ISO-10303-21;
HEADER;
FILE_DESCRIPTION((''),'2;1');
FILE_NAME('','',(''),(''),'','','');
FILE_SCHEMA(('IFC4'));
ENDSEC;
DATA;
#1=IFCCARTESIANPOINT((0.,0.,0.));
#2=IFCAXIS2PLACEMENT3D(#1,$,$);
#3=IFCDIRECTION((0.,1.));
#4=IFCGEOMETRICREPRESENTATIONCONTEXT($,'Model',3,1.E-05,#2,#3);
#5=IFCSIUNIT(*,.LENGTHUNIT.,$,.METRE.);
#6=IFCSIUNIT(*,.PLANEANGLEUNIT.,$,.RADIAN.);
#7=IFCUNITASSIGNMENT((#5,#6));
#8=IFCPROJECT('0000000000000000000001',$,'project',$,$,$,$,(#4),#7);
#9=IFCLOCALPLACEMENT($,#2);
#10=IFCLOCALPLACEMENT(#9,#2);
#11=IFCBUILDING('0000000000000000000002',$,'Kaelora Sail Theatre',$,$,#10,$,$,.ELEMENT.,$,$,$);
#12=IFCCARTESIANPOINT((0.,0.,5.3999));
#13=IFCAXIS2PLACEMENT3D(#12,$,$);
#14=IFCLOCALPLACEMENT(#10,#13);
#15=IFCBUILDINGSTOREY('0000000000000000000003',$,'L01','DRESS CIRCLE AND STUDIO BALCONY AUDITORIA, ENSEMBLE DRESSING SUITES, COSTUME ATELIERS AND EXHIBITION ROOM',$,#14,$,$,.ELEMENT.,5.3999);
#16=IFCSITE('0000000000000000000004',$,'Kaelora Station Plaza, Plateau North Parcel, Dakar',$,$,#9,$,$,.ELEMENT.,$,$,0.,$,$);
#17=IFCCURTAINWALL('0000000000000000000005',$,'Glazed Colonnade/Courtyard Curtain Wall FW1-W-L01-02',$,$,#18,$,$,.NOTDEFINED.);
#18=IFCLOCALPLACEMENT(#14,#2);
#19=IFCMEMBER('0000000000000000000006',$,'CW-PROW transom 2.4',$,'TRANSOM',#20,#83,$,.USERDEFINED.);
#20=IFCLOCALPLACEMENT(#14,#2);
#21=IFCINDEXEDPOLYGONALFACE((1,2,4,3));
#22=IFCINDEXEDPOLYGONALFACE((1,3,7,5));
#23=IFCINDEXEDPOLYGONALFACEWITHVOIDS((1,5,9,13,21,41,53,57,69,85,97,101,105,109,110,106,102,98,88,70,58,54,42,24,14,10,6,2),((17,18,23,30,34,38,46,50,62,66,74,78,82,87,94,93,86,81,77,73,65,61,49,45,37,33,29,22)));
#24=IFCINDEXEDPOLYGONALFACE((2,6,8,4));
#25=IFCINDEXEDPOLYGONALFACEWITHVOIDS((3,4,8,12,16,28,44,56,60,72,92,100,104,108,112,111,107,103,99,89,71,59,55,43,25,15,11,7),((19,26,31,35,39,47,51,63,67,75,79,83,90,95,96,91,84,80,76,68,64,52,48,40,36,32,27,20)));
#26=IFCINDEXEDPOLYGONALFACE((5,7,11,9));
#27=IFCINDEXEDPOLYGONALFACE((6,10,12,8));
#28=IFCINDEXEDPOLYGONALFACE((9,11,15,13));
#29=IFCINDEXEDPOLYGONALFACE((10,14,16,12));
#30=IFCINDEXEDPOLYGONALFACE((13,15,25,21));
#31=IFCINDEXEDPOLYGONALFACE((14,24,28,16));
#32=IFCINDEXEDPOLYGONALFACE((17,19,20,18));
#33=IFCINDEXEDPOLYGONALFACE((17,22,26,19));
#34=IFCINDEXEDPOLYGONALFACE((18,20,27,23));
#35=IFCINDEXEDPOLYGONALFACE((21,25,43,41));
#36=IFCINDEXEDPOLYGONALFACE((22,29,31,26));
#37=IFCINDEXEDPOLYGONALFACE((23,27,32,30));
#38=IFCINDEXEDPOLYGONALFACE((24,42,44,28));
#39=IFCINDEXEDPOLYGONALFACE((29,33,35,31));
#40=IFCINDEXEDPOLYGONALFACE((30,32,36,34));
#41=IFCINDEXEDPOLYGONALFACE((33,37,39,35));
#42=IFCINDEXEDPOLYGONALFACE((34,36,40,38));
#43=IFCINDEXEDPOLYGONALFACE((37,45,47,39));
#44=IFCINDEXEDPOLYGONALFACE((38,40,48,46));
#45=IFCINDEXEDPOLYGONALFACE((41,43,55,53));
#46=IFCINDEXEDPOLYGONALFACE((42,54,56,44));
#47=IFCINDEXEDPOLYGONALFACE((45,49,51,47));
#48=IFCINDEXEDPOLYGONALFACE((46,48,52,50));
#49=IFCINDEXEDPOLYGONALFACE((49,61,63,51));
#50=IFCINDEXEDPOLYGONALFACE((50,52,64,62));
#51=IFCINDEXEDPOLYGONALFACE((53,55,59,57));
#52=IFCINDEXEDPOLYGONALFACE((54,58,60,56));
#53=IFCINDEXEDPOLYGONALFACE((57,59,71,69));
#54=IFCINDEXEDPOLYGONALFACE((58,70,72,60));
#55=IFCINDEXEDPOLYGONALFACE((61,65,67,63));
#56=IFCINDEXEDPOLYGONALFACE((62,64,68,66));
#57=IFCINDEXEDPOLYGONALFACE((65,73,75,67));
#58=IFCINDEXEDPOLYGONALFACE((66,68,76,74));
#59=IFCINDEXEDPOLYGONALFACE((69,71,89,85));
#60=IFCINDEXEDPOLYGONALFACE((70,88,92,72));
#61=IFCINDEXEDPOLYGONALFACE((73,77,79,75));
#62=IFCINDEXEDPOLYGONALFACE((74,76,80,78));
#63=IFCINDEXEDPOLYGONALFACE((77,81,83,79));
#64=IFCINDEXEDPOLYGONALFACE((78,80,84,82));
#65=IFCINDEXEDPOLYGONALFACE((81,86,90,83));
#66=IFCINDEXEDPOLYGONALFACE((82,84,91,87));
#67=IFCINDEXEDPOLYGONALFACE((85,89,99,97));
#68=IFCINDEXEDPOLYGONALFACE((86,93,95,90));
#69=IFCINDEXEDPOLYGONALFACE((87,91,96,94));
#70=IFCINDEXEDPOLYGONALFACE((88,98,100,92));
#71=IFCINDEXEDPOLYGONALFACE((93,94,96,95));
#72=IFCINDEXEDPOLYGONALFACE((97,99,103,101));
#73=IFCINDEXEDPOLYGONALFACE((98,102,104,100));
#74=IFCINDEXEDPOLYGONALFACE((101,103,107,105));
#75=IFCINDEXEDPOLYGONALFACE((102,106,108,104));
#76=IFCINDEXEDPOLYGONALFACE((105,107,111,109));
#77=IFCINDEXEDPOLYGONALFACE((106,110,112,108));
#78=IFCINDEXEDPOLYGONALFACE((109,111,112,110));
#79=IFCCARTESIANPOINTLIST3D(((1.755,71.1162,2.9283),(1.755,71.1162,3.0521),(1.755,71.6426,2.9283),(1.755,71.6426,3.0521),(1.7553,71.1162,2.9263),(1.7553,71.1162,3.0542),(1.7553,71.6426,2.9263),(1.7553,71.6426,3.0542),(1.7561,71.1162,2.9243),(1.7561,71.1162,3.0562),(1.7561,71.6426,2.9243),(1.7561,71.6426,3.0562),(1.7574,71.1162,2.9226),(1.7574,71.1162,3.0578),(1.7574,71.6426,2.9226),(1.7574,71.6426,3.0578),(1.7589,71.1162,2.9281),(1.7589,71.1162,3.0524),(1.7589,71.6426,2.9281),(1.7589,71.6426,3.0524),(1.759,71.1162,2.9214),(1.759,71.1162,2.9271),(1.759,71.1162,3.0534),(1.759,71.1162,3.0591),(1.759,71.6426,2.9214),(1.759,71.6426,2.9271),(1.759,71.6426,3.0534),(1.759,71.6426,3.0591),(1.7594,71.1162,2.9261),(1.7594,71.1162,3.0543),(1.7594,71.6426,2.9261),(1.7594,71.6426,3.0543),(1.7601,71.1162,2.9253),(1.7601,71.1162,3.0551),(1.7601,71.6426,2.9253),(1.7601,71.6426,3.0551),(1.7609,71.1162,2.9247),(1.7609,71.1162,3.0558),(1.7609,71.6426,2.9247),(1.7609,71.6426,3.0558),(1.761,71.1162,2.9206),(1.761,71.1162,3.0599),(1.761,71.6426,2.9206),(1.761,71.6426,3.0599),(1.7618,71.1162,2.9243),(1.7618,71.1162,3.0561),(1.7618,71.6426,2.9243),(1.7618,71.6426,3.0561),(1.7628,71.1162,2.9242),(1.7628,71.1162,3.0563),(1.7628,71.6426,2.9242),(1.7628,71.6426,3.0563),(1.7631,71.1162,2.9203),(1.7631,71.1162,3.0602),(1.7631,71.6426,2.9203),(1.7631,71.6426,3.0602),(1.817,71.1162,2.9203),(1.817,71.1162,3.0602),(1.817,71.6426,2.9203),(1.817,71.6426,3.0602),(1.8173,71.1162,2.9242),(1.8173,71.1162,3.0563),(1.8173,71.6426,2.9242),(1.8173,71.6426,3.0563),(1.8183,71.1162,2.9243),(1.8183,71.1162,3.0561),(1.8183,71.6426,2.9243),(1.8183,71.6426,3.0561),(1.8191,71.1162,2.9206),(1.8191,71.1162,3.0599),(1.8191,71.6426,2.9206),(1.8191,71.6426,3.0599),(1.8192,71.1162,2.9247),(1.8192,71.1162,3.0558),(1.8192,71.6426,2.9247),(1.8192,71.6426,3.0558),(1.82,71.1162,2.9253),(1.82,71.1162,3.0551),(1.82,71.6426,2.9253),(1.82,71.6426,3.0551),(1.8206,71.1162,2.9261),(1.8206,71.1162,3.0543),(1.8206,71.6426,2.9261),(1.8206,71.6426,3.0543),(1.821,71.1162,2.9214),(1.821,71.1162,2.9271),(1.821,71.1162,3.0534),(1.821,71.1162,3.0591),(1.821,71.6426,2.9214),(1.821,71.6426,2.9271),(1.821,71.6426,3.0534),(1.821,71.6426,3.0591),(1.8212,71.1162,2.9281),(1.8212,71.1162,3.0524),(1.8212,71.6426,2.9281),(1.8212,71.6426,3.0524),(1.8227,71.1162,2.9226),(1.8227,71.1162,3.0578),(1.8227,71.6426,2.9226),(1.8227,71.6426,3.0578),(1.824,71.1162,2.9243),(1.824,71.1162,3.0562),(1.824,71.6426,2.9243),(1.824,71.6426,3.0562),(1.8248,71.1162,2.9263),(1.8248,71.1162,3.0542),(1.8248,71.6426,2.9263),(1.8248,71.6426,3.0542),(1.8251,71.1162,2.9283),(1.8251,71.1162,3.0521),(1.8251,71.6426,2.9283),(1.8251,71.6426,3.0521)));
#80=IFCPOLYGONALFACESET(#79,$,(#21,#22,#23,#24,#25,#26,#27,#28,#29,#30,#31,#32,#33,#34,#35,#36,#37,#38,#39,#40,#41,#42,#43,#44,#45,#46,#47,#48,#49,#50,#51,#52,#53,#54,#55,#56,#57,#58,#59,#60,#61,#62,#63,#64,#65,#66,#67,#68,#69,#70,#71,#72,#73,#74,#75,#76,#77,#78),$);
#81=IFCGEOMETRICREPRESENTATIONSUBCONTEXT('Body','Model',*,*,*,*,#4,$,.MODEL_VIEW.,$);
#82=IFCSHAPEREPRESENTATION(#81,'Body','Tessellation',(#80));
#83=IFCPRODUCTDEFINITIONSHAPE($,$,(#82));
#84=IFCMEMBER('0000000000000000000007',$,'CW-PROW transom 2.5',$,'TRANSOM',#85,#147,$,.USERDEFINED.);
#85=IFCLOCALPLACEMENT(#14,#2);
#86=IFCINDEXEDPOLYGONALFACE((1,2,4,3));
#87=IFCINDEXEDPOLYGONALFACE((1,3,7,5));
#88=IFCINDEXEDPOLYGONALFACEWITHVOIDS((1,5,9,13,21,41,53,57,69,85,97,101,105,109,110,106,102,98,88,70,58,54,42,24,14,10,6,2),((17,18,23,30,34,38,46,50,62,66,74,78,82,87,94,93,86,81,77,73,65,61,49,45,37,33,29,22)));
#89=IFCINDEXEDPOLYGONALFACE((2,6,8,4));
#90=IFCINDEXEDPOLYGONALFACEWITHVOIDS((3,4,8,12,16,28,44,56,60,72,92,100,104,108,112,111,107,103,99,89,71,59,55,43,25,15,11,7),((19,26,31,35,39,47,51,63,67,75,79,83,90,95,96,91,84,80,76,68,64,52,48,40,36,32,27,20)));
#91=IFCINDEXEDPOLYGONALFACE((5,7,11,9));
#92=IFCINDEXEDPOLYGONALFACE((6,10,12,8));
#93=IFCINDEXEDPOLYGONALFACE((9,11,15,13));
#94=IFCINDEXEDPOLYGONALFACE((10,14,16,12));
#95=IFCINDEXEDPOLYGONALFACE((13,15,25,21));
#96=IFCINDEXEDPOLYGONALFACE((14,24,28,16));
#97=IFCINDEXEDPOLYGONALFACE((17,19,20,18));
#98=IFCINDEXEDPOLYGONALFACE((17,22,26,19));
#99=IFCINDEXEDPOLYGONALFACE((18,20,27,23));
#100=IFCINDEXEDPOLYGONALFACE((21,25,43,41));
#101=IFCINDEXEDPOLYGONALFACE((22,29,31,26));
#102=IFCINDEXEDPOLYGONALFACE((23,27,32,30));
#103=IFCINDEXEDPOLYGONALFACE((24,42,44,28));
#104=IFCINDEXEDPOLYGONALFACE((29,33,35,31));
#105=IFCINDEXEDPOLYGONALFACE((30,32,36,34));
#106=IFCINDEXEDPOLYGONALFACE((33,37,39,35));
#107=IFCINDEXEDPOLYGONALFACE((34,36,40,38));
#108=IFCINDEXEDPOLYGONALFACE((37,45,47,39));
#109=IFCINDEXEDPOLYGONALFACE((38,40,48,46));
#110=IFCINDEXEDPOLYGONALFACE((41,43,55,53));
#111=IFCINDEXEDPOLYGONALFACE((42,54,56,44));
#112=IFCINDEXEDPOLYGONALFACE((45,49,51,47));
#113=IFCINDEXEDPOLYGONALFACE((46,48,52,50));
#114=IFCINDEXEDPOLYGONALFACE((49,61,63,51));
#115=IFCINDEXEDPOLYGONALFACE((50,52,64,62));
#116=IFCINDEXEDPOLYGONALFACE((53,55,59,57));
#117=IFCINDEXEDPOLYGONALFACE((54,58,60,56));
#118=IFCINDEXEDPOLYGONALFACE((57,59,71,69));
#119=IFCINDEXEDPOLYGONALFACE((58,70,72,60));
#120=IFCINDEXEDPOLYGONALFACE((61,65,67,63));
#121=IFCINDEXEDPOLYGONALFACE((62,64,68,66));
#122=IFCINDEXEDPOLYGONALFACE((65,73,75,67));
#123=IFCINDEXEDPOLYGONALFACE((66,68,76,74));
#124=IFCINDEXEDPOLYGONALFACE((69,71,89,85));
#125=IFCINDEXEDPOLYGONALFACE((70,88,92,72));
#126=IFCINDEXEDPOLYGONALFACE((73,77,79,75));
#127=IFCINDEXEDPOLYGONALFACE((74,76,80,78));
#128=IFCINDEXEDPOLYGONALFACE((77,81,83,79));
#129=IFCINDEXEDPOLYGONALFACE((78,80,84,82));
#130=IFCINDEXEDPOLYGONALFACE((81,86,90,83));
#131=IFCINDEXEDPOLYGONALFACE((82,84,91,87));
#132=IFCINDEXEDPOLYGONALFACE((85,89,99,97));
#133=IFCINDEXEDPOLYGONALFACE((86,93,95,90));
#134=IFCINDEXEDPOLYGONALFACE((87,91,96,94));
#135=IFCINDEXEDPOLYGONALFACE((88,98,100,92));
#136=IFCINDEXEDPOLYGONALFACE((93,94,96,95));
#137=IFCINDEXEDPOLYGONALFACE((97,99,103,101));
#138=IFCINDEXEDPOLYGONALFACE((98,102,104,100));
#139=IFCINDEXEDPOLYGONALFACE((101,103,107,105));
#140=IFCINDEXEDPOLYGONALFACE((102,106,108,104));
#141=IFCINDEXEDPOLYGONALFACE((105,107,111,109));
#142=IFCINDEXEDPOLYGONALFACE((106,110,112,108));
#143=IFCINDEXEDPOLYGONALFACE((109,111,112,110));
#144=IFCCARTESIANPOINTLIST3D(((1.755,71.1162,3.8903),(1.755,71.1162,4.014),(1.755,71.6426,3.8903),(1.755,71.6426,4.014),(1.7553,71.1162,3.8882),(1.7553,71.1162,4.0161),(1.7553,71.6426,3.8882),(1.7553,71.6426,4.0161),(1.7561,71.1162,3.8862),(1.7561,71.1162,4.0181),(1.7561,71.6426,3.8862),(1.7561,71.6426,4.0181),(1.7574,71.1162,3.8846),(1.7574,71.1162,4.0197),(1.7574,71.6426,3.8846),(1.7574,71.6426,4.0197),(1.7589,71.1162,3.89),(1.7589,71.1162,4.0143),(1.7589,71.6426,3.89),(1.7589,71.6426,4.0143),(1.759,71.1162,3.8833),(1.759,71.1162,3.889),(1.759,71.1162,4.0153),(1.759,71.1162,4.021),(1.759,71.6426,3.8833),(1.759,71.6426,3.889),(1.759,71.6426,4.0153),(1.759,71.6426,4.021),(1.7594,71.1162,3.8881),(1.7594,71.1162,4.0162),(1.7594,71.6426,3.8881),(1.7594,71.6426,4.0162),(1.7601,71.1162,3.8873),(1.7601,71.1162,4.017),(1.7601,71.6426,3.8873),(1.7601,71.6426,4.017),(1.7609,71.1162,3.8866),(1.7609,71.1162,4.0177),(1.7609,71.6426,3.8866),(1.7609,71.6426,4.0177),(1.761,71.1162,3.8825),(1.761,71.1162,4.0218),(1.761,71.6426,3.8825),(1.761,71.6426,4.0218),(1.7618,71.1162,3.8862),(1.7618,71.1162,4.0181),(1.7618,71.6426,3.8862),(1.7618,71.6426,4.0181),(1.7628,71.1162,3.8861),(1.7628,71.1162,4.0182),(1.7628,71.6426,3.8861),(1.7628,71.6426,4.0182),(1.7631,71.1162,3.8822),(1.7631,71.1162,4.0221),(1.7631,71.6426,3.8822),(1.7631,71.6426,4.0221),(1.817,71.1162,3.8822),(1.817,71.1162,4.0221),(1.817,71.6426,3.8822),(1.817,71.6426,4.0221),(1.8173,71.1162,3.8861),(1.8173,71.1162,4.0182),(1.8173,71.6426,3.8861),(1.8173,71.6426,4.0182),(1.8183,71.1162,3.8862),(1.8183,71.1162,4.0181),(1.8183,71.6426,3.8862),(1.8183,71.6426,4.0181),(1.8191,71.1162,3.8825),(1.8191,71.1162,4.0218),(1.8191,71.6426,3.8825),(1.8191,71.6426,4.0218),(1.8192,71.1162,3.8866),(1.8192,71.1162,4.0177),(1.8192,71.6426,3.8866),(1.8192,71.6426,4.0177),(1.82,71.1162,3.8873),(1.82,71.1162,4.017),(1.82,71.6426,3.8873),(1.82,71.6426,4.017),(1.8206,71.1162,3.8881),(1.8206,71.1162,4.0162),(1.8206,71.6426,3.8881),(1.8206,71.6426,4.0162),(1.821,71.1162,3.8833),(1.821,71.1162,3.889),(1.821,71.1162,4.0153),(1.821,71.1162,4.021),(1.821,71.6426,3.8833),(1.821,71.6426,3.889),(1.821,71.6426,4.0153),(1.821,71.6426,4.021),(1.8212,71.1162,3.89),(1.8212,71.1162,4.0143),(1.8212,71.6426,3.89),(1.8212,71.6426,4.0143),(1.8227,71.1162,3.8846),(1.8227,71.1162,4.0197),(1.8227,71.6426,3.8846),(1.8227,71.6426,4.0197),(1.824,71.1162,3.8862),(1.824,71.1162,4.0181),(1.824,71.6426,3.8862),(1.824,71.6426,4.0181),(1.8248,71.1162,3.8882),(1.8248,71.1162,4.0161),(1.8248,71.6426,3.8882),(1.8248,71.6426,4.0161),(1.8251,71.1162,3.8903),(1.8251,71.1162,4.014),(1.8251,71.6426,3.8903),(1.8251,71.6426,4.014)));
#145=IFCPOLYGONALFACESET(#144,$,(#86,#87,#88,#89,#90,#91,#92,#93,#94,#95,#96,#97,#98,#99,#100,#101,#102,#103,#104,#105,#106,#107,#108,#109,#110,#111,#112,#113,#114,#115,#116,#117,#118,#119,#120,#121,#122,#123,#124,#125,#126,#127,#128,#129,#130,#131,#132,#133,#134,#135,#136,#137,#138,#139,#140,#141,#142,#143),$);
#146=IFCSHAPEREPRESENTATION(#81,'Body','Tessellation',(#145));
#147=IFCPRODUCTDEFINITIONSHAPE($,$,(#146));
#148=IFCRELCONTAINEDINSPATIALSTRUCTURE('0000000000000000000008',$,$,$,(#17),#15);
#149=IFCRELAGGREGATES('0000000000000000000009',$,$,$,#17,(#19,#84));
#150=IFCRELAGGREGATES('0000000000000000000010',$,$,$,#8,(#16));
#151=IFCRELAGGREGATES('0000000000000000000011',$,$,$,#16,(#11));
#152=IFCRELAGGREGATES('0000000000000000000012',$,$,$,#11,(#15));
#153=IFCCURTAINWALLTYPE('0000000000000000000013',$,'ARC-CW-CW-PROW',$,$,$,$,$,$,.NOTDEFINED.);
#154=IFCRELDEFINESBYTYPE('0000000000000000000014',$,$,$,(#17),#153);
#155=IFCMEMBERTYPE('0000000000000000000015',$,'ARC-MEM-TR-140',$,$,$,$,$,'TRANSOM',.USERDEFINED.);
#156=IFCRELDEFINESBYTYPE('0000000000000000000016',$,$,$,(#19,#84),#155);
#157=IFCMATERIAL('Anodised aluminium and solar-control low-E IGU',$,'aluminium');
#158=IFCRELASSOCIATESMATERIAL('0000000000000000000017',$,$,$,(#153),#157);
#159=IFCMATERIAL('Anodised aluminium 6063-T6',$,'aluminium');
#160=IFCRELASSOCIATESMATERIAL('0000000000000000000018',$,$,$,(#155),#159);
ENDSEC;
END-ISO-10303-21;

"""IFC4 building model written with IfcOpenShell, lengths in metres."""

from ifc_helpers import new_model, si_unit, direction, frame, origin, origin_2d, place, context, subcontext, project, spatial, hollow_rectangle, extrude, material, material_profile, profile_set, type_object, element, aggregate, save


model = new_model("IFC4")

# Units and contexts
model_context = context("Model", 3, precision=1e-05, world=origin(), true_north=direction((0.0, 1.0)))
body_context = subcontext(model_context, "Body", "Model", "MODEL_VIEW")
ifc_project = project(units=[si_unit("LENGTHUNIT", "METRE"), si_unit("PLANEANGLEUNIT", "RADIAN")], contexts=[model_context])

# Site, building, storey
site_placement = place(None, origin())
site = spatial("IfcSite", under=ifc_project, at=site_placement, Name="Kaelora Station Plaza, Plateau North Parcel, Dakar", CompositionType="ELEMENT", RefElevation=0.0)
building_placement = place(site_placement, origin())
building = spatial("IfcBuilding", under=site, at=building_placement, Name="Kaelora Sail Theatre", CompositionType="ELEMENT")
storey_placement = place(building_placement, frame((0.0, 0.0, 5.3999)))
storey = spatial("IfcBuildingStorey", under=building, at=storey_placement, Name="L01", Description="DRESS CIRCLE AND STUDIO BALCONY AUDITORIA, ENSEMBLE DRESSING SUITES, COSTUME ATELIERS AND EXHIBITION ROOM", CompositionType="ELEMENT", Elevation=5.3999)

# Curtain wall, members
ifc_material_1 = material(Name="Anodised aluminium and solar-control low-E IGU", Category="aluminium")
curtain_wall_type = type_object("IfcCurtainWallType", Name="ARC-CW-CW-PROW", PredefinedType="NOTDEFINED", material=ifc_material_1)
ifc_material_2 = material(Name="Anodised aluminium 6063-T6", Category="aluminium")
ifc_material_profile = material_profile(ifc_material_2, hollow_rectangle(XDim=0.0701, YDim=0.1399, WallThickness=0.0039, InnerFilletRadius=0.0039, OuterFilletRadius=0.0081, at=origin_2d()), Name="ALU-TRAN 70x140x4")
ifc_profile_set = profile_set([ifc_material_profile], Name="Anodised aluminium 6063-T6")
member_type = type_object("IfcMemberType", Name="ARC-MEM-TR-140", ElementType="TRANSOM", PredefinedType="USERDEFINED", material=ifc_profile_set)
curtain_wall_1_placement = place(storey_placement, origin())
curtain_wall_1 = element("IfcCurtainWall", 1, at=curtain_wall_1_placement, inside=storey, type_object=curtain_wall_type, Name="Glazed Colonnade/Courtyard Curtain Wall FW1-W-L01-02", PredefinedType="NOTDEFINED")
member_1_placement = place(storey_placement, frame((1.79, 71.1162, 2.9902), z_axis=(0.0, 1.0, 0.0), x_axis=(-1.0, 0.0, 0.0)))
member_1 = element("IfcMember", 2, at=member_1_placement, type_object=member_type, Name="CW-PROW transom 2.4", ObjectType="TRANSOM", PredefinedType="USERDEFINED", context=body_context, shape_type="SweptSolid", body=[
    extrude(hollow_rectangle(XDim=0.0701, YDim=0.1399, WallThickness=0.0039, InnerFilletRadius=0.0039, OuterFilletRadius=0.0081, at=origin_2d()), origin(), (0.0, 0.0, 1.0), 0.5264),
])
member_2_placement = place(storey_placement, frame((1.79, 71.1162, 3.9521), z_axis=(0.0, 1.0, 0.0), x_axis=(-1.0, 0.0, 0.0)))
member_2 = element("IfcMember", 3, at=member_2_placement, type_object=member_type, Name="CW-PROW transom 2.5", ObjectType="TRANSOM", PredefinedType="USERDEFINED", context=body_context, shape_type="SweptSolid", body=[
    extrude(hollow_rectangle(XDim=0.0701, YDim=0.1399, WallThickness=0.0039, InnerFilletRadius=0.0039, OuterFilletRadius=0.0081, at=origin_2d()), origin(), (0.0, 0.0, 1.0), 0.5264),
])

aggregate(curtain_wall_1, [member_1, member_2])

save(model, "model.ifc")
